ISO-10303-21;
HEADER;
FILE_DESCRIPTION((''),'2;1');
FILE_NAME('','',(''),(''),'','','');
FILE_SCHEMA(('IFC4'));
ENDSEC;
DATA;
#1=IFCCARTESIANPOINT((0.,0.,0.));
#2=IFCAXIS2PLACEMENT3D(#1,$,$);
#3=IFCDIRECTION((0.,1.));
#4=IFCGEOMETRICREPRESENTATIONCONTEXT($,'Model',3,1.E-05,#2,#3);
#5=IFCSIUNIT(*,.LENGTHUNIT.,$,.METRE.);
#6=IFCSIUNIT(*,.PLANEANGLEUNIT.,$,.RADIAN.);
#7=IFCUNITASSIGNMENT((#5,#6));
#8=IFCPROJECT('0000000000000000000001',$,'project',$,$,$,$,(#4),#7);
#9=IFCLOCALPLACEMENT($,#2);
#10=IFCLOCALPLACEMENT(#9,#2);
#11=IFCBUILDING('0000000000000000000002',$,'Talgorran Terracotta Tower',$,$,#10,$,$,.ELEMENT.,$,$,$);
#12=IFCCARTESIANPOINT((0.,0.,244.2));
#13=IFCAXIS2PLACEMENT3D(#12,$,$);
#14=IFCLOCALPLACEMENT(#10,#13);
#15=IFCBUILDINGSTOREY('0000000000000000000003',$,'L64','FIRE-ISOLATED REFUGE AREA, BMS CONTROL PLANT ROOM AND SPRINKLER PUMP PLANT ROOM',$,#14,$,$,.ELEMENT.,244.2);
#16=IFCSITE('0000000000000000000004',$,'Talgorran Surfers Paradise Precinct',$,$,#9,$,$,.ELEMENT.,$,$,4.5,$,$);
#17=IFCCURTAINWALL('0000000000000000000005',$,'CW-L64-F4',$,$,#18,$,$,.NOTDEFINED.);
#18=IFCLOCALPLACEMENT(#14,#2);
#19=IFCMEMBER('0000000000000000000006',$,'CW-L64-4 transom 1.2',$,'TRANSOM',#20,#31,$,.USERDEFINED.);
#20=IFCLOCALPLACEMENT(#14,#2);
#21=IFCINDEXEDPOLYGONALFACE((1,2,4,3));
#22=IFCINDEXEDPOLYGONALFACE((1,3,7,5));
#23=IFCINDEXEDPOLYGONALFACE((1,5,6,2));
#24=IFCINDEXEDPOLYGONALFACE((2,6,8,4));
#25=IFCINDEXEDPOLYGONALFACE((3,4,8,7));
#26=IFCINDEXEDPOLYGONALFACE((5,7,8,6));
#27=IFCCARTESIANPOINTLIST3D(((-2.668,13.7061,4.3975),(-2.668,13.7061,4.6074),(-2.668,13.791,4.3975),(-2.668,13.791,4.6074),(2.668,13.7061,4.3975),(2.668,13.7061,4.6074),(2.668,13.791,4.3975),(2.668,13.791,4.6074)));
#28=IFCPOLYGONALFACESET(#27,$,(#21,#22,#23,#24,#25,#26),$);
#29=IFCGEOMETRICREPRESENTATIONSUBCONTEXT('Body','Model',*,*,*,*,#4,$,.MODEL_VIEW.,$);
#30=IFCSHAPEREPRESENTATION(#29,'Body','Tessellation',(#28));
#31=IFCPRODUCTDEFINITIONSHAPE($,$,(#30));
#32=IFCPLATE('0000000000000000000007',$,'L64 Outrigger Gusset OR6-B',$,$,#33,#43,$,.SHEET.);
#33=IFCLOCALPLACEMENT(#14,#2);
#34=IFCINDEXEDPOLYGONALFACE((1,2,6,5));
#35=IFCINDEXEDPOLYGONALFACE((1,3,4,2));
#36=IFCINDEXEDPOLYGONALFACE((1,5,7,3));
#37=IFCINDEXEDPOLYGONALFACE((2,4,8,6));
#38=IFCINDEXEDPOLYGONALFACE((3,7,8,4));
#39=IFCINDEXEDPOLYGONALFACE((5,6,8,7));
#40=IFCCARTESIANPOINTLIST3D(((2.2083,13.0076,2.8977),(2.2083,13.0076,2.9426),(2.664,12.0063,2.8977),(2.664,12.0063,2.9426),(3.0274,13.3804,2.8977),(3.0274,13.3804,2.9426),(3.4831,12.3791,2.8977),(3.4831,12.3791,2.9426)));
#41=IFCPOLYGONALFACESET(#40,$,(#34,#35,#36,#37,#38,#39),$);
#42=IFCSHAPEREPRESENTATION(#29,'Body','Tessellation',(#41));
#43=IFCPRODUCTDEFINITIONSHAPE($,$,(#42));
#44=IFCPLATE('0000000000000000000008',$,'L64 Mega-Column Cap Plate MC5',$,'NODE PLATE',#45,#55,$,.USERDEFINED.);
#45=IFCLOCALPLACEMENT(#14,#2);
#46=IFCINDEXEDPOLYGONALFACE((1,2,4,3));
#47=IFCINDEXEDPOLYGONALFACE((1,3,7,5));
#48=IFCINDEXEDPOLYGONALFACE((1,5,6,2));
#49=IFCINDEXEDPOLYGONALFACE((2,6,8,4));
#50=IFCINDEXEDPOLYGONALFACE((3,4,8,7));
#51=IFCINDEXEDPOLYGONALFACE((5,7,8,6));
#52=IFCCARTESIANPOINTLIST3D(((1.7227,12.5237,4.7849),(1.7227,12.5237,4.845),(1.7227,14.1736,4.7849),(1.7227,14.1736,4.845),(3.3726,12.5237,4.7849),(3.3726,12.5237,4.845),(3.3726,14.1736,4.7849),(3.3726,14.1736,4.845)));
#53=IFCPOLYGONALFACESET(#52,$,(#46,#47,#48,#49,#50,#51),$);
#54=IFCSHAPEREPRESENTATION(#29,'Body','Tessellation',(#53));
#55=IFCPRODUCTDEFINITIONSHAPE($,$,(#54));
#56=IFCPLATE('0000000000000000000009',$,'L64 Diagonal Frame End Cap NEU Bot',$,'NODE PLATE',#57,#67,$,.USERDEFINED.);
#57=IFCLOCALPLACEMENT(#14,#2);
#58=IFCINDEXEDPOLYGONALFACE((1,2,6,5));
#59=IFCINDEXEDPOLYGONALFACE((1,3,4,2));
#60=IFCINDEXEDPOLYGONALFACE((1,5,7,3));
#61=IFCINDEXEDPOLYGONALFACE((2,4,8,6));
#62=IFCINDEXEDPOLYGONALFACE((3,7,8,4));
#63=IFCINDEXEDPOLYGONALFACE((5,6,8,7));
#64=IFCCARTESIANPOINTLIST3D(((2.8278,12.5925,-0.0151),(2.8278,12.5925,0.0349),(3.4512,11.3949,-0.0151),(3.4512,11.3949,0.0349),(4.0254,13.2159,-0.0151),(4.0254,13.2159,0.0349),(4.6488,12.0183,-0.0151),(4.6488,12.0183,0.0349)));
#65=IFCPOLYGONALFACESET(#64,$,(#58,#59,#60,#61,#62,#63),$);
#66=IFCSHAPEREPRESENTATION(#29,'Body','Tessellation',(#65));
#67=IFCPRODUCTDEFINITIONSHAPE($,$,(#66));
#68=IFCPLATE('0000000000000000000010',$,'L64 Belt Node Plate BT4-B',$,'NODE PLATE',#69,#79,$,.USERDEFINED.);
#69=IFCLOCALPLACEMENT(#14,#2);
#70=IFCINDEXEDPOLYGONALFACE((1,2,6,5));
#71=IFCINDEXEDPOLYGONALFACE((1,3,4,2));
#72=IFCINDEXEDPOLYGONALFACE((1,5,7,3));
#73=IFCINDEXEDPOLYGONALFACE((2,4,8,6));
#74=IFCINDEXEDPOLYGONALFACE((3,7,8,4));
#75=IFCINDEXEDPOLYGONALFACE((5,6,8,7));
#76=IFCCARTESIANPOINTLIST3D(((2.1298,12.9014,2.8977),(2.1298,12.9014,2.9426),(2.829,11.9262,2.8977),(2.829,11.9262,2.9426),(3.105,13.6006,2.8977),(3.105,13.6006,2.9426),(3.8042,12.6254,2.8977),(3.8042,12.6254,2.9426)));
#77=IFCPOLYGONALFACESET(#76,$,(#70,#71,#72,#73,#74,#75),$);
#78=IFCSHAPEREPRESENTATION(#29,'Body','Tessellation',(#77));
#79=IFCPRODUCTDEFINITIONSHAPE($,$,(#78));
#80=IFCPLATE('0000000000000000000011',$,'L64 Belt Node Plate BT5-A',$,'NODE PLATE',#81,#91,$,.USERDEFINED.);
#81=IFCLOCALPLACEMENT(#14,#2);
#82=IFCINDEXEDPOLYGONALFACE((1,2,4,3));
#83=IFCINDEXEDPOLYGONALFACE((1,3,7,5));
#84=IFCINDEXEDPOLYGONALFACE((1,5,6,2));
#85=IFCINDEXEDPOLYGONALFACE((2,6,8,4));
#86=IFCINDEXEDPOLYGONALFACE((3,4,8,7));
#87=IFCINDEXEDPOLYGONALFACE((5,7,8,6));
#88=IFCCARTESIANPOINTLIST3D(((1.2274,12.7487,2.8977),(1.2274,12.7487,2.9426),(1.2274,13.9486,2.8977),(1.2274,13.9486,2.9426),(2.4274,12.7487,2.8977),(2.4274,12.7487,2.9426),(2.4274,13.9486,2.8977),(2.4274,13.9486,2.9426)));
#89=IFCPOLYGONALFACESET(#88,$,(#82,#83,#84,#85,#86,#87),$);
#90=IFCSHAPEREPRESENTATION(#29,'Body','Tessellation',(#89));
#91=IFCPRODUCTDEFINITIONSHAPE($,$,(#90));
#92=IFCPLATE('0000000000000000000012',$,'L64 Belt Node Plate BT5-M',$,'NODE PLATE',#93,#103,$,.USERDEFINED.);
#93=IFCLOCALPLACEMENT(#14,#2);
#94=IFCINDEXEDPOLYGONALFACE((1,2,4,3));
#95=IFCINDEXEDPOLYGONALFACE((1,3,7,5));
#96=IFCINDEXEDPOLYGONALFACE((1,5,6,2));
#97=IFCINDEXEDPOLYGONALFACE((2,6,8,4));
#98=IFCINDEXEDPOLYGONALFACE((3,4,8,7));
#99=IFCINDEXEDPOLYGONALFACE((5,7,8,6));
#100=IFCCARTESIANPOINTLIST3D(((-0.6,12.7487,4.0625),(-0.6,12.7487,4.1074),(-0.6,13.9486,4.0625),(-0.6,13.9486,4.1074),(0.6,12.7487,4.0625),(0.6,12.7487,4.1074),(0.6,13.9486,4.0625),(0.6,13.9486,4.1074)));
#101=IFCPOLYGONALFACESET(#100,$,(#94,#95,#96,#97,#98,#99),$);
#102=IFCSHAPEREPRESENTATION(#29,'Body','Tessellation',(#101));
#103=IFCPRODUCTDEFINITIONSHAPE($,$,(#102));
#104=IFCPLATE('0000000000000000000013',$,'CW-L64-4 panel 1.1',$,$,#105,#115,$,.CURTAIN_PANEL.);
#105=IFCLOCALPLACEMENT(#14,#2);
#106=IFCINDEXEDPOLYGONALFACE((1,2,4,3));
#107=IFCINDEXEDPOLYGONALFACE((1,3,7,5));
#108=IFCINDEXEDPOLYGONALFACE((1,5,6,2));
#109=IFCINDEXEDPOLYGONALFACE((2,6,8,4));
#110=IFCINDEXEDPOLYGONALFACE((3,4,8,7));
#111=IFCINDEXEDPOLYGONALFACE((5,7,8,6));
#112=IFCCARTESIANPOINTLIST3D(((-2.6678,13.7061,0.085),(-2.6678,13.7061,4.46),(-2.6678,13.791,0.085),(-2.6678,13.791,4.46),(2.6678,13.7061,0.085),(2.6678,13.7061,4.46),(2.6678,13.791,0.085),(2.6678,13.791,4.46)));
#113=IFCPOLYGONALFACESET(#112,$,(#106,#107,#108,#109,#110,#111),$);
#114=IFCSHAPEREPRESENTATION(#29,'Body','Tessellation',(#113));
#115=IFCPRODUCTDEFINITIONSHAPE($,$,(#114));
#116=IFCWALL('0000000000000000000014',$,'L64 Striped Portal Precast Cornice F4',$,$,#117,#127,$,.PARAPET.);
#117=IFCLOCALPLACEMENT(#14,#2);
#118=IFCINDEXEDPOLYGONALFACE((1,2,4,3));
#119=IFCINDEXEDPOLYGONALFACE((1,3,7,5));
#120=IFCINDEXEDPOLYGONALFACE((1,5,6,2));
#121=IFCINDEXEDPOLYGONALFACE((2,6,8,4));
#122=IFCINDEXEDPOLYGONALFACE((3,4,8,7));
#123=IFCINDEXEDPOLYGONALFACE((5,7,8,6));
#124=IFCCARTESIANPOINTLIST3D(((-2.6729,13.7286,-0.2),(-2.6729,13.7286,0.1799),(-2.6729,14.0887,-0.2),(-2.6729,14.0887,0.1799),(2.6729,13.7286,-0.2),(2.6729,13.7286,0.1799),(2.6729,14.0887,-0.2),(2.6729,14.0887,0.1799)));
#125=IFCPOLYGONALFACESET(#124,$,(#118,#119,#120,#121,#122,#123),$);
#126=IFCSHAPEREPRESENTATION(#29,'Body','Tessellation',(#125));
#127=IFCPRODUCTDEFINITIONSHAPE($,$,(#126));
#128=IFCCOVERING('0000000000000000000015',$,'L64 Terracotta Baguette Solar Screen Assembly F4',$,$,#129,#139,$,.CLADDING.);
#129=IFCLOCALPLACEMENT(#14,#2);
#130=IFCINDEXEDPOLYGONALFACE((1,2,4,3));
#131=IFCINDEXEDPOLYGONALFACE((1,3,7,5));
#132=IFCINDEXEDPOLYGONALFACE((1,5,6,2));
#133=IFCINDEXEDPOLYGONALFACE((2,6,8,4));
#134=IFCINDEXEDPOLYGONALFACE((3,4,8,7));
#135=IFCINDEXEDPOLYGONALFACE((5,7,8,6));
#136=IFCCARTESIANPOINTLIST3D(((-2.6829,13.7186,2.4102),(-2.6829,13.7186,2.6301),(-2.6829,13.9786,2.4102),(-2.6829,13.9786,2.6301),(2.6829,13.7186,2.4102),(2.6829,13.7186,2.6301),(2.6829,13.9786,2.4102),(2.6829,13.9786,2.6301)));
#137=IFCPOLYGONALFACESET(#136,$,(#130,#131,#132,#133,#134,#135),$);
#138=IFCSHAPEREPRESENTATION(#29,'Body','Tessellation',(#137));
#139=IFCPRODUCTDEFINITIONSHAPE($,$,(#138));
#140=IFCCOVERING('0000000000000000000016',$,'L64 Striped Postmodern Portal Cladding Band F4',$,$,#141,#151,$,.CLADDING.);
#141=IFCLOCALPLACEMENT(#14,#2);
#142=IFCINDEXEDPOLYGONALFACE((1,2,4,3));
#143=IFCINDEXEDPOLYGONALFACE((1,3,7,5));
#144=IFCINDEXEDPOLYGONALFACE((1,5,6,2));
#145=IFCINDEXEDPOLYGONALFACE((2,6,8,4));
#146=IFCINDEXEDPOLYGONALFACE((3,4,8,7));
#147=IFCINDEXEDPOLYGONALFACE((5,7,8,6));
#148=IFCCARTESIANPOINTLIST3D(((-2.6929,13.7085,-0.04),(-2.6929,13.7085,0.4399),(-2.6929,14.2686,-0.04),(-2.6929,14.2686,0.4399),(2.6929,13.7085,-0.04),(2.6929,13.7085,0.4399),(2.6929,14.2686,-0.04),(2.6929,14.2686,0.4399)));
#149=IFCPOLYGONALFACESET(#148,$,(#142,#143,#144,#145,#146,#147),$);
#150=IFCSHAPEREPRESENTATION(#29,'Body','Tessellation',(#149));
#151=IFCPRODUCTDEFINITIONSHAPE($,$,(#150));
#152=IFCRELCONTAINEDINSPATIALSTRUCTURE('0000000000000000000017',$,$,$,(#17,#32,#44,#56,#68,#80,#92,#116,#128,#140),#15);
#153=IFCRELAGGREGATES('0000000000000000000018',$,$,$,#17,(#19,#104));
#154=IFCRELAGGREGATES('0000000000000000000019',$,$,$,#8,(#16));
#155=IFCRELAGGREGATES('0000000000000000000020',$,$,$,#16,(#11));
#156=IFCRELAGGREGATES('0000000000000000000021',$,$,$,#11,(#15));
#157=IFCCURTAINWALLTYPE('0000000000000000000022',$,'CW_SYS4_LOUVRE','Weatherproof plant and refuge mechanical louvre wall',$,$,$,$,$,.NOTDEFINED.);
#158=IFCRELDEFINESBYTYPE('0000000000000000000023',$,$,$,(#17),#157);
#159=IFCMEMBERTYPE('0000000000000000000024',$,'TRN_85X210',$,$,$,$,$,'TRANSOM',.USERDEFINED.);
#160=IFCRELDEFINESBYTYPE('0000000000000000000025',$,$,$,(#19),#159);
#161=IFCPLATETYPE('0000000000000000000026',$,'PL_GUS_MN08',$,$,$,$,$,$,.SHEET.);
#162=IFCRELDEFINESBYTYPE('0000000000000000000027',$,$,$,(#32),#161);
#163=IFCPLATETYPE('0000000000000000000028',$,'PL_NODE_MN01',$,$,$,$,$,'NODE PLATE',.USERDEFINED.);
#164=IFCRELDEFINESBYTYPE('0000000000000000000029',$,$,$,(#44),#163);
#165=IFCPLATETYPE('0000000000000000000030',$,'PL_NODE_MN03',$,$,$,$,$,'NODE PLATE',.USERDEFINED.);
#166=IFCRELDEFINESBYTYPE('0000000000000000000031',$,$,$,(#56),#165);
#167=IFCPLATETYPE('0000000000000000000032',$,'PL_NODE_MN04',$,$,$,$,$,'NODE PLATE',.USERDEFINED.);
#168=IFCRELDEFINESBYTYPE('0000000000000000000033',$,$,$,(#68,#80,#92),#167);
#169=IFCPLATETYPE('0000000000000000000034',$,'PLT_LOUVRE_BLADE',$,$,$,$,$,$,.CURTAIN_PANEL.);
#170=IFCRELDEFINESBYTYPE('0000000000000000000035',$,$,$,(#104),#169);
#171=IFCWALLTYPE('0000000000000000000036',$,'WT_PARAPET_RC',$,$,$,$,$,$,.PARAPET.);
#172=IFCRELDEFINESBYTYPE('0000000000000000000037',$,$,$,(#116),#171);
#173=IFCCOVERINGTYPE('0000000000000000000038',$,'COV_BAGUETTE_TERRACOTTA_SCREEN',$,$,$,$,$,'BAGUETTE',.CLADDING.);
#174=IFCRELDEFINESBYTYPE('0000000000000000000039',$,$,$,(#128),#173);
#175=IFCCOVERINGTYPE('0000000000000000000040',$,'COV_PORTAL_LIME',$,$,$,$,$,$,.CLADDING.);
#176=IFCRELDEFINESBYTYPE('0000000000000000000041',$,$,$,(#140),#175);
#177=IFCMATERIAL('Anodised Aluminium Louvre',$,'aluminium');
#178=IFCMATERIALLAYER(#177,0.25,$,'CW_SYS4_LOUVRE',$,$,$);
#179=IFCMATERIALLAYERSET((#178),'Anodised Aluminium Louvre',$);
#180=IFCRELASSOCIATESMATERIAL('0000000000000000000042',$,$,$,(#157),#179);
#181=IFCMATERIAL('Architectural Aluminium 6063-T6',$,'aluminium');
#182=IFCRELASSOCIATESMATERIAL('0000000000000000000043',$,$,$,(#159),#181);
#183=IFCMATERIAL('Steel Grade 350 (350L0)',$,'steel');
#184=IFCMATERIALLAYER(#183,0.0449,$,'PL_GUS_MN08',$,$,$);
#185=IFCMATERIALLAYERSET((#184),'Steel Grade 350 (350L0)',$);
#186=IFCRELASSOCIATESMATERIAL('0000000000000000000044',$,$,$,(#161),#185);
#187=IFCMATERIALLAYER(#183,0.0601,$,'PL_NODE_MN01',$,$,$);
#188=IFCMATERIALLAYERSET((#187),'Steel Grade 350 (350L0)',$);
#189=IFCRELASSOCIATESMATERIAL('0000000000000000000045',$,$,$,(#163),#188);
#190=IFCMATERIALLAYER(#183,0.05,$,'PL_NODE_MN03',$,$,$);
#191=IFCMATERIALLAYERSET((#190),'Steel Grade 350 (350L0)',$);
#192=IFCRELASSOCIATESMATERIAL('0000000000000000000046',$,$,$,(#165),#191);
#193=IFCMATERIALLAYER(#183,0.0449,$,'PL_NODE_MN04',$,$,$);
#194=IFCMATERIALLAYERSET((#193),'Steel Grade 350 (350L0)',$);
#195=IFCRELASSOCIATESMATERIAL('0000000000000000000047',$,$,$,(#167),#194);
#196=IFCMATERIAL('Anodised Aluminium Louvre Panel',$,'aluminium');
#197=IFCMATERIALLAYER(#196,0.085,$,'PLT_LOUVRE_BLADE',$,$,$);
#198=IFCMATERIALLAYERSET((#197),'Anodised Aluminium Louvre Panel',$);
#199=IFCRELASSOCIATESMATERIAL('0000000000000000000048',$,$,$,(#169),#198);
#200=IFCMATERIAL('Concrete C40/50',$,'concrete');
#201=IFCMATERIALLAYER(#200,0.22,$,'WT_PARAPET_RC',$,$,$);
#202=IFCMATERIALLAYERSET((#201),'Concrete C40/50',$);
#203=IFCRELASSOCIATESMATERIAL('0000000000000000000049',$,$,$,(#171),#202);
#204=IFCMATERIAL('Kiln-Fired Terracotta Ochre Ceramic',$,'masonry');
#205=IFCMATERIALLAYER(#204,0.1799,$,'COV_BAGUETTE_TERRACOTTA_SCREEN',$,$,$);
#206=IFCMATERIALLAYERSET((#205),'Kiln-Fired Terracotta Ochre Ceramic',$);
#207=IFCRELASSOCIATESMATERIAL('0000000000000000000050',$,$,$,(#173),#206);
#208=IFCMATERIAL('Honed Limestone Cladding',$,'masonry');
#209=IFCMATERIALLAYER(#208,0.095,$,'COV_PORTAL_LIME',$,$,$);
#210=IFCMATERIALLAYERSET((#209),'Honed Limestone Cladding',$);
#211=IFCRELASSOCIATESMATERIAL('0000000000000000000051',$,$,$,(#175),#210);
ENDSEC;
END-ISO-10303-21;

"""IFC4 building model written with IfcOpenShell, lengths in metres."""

from ifc_helpers import new_model, si_unit, direction, frame, frame_2d, origin, origin_2d, place, context, subcontext, project, spatial, rectangle, extrude, source, transform, mapped, material, layer, layer_set, material_profile, profile_set, type_object, type_shapes, element, aggregate, save


model = new_model("IFC4")

# Units and contexts
model_context = context("Model", 3, precision=1e-05, world=origin(), true_north=direction((0.0, 1.0)))
body_context = subcontext(model_context, "Body", "Model", "MODEL_VIEW")
ifc_project = project(units=[si_unit("LENGTHUNIT", "METRE"), si_unit("PLANEANGLEUNIT", "RADIAN")], contexts=[model_context])

# Site, building, storey
site_placement = place(None, origin())
site = spatial("IfcSite", under=ifc_project, at=site_placement, Name="Talgorran Surfers Paradise Precinct", CompositionType="ELEMENT", RefElevation=4.5)
building_placement = place(site_placement, origin())
building = spatial("IfcBuilding", under=site, at=building_placement, Name="Talgorran Terracotta Tower", CompositionType="ELEMENT")
storey_placement = place(building_placement, frame((0.0, 0.0, 244.2)))
storey = spatial("IfcBuildingStorey", under=building, at=storey_placement, Name="L64", Description="FIRE-ISOLATED REFUGE AREA, BMS CONTROL PLANT ROOM AND SPRINKLER PUMP PLANT ROOM", CompositionType="ELEMENT", Elevation=244.2)

# Shared definitions
ifc_material_1 = material(Name="Steel Grade 350 (350L0)", Category="steel")

# Shared definitions
ifc_material_2 = material(Name="Anodised Aluminium Louvre", Category="aluminium")
ifc_layer_1 = layer(ifc_material_2, 0.25, Name="CW_SYS4_LOUVRE")
ifc_layer_set_1 = layer_set([ifc_layer_1], Name="Anodised Aluminium Louvre")
curtain_wall_type = type_object("IfcCurtainWallType", Name="CW_SYS4_LOUVRE", Description="Weatherproof plant and refuge mechanical louvre wall", PredefinedType="NOTDEFINED", material=ifc_layer_set_1)
ifc_material_3 = material(Name="Architectural Aluminium 6063-T6", Category="aluminium")

# Curtain wall, member
curtain_wall_1_placement = place(storey_placement, origin())
curtain_wall_1 = element("IfcCurtainWall", 1, at=curtain_wall_1_placement, inside=storey, type_object=curtain_wall_type, Name="CW-L64-F4", PredefinedType="NOTDEFINED")
ifc_material_profile_1 = material_profile(ifc_material_3, rectangle(XDim=0.085, YDim=0.21, at=origin_2d()), Name="CWT85X210")
ifc_profile_set_1 = profile_set([ifc_material_profile_1], Name="Architectural Aluminium 6063-T6")
member_type_1 = type_object("IfcMemberType", Name="TRN_85X210", ElementType="TRANSOM", PredefinedType="USERDEFINED", material=ifc_profile_set_1)
member_1_placement = place(storey_placement, frame((2.668, 13.7485, 4.5024), z_axis=(-1.0, 0.0, 0.0), x_axis=(0.0, -1.0, 0.0)))
member_1 = element("IfcMember", 2, at=member_1_placement, type_object=member_type_1, Name="CW-L64-4 transom 1.2", ObjectType="TRANSOM", PredefinedType="USERDEFINED", context=body_context, shape_type="SweptSolid", body=[
    extrude(rectangle(XDim=0.085, YDim=0.21, at=origin_2d()), origin(), (0.0, 0.0, 1.0), 5.3359),
])

# Plates
ifc_layer_2 = layer(ifc_material_1, 0.0449, Name="PL_GUS_MN08")
ifc_layer_set_2 = layer_set([ifc_layer_2], Name="Steel Grade 350 (350L0)")
plate_type_1 = type_object("IfcPlateType", Name="PL_GUS_MN08", PredefinedType="SHEET", material=ifc_layer_set_2)
plate_1_placement = place(storey_placement, frame((2.8457, 12.6934, 2.8977), z_axis=(0.0, 0.0, 1.0), x_axis=(-0.414217, 0.910178, 0.0)))
element("IfcPlate", 3, at=plate_1_placement, inside=storey, type_object=plate_type_1, Name="L64 Outrigger Gusset OR6-B", PredefinedType="SHEET", context=body_context, shape_type="SweptSolid", body=[
    extrude(rectangle(XDim=1.1001, YDim=0.8999, at=origin_2d()), origin(), (0.0, 0.0, 1.0), 0.0449),
])
ifc_layer_3 = layer(ifc_material_1, 0.0601, Name="PL_NODE_MN01")
ifc_layer_set_3 = layer_set([ifc_layer_3], Name="Steel Grade 350 (350L0)")
plate_type_2 = type_object("IfcPlateType", Name="PL_NODE_MN01", ElementType="NODE PLATE", PredefinedType="USERDEFINED", material=ifc_layer_set_3)
plate_2_placement = place(storey_placement, frame((2.5476, 13.3486, 4.7849), z_axis=(0.0, 0.0, 1.0), x_axis=(1.0, 0.0, 0.0)))
element("IfcPlate", 4, at=plate_2_placement, inside=storey, type_object=plate_type_2, Name="L64 Mega-Column Cap Plate MC5", ObjectType="NODE PLATE", PredefinedType="USERDEFINED", context=body_context, shape_type="SweptSolid", body=[
    extrude(rectangle(XDim=1.6499, YDim=1.6499, at=origin_2d()), origin(), (0.0, 0.0, 1.0), 0.0601),
])
ifc_layer_4 = layer(ifc_material_1, 0.05, Name="PL_NODE_MN03")
ifc_layer_set_4 = layer_set([ifc_layer_4], Name="Steel Grade 350 (350L0)")
plate_type_3 = type_object("IfcPlateType", Name="PL_NODE_MN03", ElementType="NODE PLATE", PredefinedType="USERDEFINED", material=ifc_layer_set_4)
plate_3_placement = place(storey_placement, frame((3.7383, 12.3054, -0.0151), z_axis=(0.0, 0.0, 1.0), x_axis=(0.461749, -0.887011, 0.0)))
element("IfcPlate", 5, at=plate_3_placement, inside=storey, type_object=plate_type_3, Name="L64 Diagonal Frame End Cap NEU Bot", ObjectType="NODE PLATE", PredefinedType="USERDEFINED", context=body_context, shape_type="SweptSolid", body=[
    extrude(rectangle(XDim=1.3501, YDim=1.3501, at=origin_2d()), origin(), (0.0, 0.0, 1.0), 0.05),
])
ifc_layer_5 = layer(ifc_material_1, 0.0449, Name="PL_NODE_MN04")
ifc_layer_set_5 = layer_set([ifc_layer_5], Name="Steel Grade 350 (350L0)")
plate_type_4 = type_object("IfcPlateType", Name="PL_NODE_MN04", ElementType="NODE PLATE", PredefinedType="USERDEFINED", material=ifc_layer_set_5)
for number, where, z_axis, x_axis, name in (
    (6, (2.967, 12.7634, 2.8977), (0.0, 0.0, 1.0), (-0.58269, 0.812694, 0.0), "L64 Belt Node Plate BT4-B"),
    (7, (1.8274, 13.3486, 2.8977), (0.0, 0.0, 1.0), (-1.0, 0.0, 0.0), "L64 Belt Node Plate BT5-A"),
    (8, (0.0, 13.3486, 4.0625), (0.0, 0.0, 1.0), (-1.0, 0.0, 0.0), "L64 Belt Node Plate BT5-M"),
):
    element("IfcPlate", number, at=place(storey_placement, frame(where, z_axis=z_axis, x_axis=x_axis)), inside=storey, type_object=plate_type_4, Name=name, ObjectType="NODE PLATE", PredefinedType="USERDEFINED", context=body_context, shape_type="SweptSolid", body=[
        extrude(rectangle(XDim=1.2, YDim=1.2, at=origin_2d()), origin(), (0.0, 0.0, 1.0), 0.0449),
    ])

# Plate
ifc_material_4 = material(Name="Anodised Aluminium Louvre Panel", Category="aluminium")
ifc_layer_6 = layer(ifc_material_4, 0.085, Name="PLT_LOUVRE_BLADE")
ifc_layer_set_6 = layer_set([ifc_layer_6], Name="Anodised Aluminium Louvre Panel")
plate_type_5 = type_object("IfcPlateType", Name="PLT_LOUVRE_BLADE", PredefinedType="CURTAIN_PANEL", material=ifc_layer_set_6)
shared_shape = source(origin(), body_context, "Body", "SweptSolid", [
    extrude(rectangle(XDim=5.3357, YDim=0.085, at=origin_2d()), origin(), (0.0, 0.0, 1.0), 4.375),
])
type_shapes(plate_type_5, [shared_shape])
plate_4_placement = place(storey_placement, frame((0.0, 13.7485, 0.085), z_axis=(0.0, 0.0, 1.0), x_axis=(-1.0, 0.0, 0.0)))
plate_4 = element("IfcPlate", 9, at=plate_4_placement, type_object=plate_type_5, Name="CW-L64-4 panel 1.1", PredefinedType="CURTAIN_PANEL", context=body_context, shape_type="MappedRepresentation", body=[
    mapped(shared_shape, transform((0.0, 0.0, 0.0), scale=1.0)),
])
aggregate(curtain_wall_1, [member_1, plate_4])

# Wall
ifc_material_5 = material(Name="Concrete C40/50", Category="concrete")
ifc_layer_7 = layer(ifc_material_5, 0.22, Name="WT_PARAPET_RC")
ifc_layer_set_7 = layer_set([ifc_layer_7], Name="Concrete C40/50")
wall_type = type_object("IfcWallType", Name="WT_PARAPET_RC", PredefinedType="PARAPET", material=ifc_layer_set_7)
wall_placement = place(storey_placement, frame((2.6729, 13.9087, -0.2), z_axis=(0.0, 0.0, 1.0), x_axis=(-1.0, 0.0, 0.0)))
element("IfcWall", 10, at=wall_placement, inside=storey, type_object=wall_type, Name="L64 Striped Portal Precast Cornice F4", PredefinedType="PARAPET", context=body_context, shape_type="SweptSolid", body=[
    extrude(rectangle(XDim=5.3457, YDim=0.3601, at=frame_2d((2.6729, 0.0))), origin(), (0.0, 0.0, 1.0), 0.3799),
])

# Coverings
ifc_material_6 = material(Name="Kiln-Fired Terracotta Ochre Ceramic", Category="masonry")
ifc_layer_8 = layer(ifc_material_6, 0.1799, Name="COV_BAGUETTE_TERRACOTTA_SCREEN")
ifc_layer_set_8 = layer_set([ifc_layer_8], Name="Kiln-Fired Terracotta Ochre Ceramic")
covering_type_1 = type_object("IfcCoveringType", Name="COV_BAGUETTE_TERRACOTTA_SCREEN", ElementType="BAGUETTE", PredefinedType="CLADDING", material=ifc_layer_set_8)
covering_1_placement = place(storey_placement, frame((0.0, 13.8486, 2.4102), z_axis=(0.0, 0.0, 1.0), x_axis=(-1.0, 0.0, 0.0)))
element("IfcCovering", 11, at=covering_1_placement, inside=storey, type_object=covering_type_1, Name="L64 Terracotta Baguette Solar Screen Assembly F4", PredefinedType="CLADDING", context=body_context, shape_type="SweptSolid", body=[
    extrude(rectangle(XDim=5.3657, YDim=0.26, at=origin_2d()), origin(), (0.0, 0.0, 1.0), 0.22),
])
ifc_material_7 = material(Name="Honed Limestone Cladding", Category="masonry")
ifc_layer_9 = layer(ifc_material_7, 0.095, Name="COV_PORTAL_LIME")
ifc_layer_set_9 = layer_set([ifc_layer_9], Name="Honed Limestone Cladding")
covering_type_2 = type_object("IfcCoveringType", Name="COV_PORTAL_LIME", PredefinedType="CLADDING", material=ifc_layer_set_9)
covering_2_placement = place(storey_placement, frame((0.0, 13.9885, -0.04), z_axis=(0.0, 0.0, 1.0), x_axis=(-1.0, 0.0, 0.0)))
element("IfcCovering", 12, at=covering_2_placement, inside=storey, type_object=covering_type_2, Name="L64 Striped Postmodern Portal Cladding Band F4", PredefinedType="CLADDING", context=body_context, shape_type="SweptSolid", body=[
    extrude(rectangle(XDim=5.3857, YDim=0.5601, at=origin_2d()), origin(), (0.0, 0.0, 1.0), 0.48),
])

save(model, "model.ifc")
